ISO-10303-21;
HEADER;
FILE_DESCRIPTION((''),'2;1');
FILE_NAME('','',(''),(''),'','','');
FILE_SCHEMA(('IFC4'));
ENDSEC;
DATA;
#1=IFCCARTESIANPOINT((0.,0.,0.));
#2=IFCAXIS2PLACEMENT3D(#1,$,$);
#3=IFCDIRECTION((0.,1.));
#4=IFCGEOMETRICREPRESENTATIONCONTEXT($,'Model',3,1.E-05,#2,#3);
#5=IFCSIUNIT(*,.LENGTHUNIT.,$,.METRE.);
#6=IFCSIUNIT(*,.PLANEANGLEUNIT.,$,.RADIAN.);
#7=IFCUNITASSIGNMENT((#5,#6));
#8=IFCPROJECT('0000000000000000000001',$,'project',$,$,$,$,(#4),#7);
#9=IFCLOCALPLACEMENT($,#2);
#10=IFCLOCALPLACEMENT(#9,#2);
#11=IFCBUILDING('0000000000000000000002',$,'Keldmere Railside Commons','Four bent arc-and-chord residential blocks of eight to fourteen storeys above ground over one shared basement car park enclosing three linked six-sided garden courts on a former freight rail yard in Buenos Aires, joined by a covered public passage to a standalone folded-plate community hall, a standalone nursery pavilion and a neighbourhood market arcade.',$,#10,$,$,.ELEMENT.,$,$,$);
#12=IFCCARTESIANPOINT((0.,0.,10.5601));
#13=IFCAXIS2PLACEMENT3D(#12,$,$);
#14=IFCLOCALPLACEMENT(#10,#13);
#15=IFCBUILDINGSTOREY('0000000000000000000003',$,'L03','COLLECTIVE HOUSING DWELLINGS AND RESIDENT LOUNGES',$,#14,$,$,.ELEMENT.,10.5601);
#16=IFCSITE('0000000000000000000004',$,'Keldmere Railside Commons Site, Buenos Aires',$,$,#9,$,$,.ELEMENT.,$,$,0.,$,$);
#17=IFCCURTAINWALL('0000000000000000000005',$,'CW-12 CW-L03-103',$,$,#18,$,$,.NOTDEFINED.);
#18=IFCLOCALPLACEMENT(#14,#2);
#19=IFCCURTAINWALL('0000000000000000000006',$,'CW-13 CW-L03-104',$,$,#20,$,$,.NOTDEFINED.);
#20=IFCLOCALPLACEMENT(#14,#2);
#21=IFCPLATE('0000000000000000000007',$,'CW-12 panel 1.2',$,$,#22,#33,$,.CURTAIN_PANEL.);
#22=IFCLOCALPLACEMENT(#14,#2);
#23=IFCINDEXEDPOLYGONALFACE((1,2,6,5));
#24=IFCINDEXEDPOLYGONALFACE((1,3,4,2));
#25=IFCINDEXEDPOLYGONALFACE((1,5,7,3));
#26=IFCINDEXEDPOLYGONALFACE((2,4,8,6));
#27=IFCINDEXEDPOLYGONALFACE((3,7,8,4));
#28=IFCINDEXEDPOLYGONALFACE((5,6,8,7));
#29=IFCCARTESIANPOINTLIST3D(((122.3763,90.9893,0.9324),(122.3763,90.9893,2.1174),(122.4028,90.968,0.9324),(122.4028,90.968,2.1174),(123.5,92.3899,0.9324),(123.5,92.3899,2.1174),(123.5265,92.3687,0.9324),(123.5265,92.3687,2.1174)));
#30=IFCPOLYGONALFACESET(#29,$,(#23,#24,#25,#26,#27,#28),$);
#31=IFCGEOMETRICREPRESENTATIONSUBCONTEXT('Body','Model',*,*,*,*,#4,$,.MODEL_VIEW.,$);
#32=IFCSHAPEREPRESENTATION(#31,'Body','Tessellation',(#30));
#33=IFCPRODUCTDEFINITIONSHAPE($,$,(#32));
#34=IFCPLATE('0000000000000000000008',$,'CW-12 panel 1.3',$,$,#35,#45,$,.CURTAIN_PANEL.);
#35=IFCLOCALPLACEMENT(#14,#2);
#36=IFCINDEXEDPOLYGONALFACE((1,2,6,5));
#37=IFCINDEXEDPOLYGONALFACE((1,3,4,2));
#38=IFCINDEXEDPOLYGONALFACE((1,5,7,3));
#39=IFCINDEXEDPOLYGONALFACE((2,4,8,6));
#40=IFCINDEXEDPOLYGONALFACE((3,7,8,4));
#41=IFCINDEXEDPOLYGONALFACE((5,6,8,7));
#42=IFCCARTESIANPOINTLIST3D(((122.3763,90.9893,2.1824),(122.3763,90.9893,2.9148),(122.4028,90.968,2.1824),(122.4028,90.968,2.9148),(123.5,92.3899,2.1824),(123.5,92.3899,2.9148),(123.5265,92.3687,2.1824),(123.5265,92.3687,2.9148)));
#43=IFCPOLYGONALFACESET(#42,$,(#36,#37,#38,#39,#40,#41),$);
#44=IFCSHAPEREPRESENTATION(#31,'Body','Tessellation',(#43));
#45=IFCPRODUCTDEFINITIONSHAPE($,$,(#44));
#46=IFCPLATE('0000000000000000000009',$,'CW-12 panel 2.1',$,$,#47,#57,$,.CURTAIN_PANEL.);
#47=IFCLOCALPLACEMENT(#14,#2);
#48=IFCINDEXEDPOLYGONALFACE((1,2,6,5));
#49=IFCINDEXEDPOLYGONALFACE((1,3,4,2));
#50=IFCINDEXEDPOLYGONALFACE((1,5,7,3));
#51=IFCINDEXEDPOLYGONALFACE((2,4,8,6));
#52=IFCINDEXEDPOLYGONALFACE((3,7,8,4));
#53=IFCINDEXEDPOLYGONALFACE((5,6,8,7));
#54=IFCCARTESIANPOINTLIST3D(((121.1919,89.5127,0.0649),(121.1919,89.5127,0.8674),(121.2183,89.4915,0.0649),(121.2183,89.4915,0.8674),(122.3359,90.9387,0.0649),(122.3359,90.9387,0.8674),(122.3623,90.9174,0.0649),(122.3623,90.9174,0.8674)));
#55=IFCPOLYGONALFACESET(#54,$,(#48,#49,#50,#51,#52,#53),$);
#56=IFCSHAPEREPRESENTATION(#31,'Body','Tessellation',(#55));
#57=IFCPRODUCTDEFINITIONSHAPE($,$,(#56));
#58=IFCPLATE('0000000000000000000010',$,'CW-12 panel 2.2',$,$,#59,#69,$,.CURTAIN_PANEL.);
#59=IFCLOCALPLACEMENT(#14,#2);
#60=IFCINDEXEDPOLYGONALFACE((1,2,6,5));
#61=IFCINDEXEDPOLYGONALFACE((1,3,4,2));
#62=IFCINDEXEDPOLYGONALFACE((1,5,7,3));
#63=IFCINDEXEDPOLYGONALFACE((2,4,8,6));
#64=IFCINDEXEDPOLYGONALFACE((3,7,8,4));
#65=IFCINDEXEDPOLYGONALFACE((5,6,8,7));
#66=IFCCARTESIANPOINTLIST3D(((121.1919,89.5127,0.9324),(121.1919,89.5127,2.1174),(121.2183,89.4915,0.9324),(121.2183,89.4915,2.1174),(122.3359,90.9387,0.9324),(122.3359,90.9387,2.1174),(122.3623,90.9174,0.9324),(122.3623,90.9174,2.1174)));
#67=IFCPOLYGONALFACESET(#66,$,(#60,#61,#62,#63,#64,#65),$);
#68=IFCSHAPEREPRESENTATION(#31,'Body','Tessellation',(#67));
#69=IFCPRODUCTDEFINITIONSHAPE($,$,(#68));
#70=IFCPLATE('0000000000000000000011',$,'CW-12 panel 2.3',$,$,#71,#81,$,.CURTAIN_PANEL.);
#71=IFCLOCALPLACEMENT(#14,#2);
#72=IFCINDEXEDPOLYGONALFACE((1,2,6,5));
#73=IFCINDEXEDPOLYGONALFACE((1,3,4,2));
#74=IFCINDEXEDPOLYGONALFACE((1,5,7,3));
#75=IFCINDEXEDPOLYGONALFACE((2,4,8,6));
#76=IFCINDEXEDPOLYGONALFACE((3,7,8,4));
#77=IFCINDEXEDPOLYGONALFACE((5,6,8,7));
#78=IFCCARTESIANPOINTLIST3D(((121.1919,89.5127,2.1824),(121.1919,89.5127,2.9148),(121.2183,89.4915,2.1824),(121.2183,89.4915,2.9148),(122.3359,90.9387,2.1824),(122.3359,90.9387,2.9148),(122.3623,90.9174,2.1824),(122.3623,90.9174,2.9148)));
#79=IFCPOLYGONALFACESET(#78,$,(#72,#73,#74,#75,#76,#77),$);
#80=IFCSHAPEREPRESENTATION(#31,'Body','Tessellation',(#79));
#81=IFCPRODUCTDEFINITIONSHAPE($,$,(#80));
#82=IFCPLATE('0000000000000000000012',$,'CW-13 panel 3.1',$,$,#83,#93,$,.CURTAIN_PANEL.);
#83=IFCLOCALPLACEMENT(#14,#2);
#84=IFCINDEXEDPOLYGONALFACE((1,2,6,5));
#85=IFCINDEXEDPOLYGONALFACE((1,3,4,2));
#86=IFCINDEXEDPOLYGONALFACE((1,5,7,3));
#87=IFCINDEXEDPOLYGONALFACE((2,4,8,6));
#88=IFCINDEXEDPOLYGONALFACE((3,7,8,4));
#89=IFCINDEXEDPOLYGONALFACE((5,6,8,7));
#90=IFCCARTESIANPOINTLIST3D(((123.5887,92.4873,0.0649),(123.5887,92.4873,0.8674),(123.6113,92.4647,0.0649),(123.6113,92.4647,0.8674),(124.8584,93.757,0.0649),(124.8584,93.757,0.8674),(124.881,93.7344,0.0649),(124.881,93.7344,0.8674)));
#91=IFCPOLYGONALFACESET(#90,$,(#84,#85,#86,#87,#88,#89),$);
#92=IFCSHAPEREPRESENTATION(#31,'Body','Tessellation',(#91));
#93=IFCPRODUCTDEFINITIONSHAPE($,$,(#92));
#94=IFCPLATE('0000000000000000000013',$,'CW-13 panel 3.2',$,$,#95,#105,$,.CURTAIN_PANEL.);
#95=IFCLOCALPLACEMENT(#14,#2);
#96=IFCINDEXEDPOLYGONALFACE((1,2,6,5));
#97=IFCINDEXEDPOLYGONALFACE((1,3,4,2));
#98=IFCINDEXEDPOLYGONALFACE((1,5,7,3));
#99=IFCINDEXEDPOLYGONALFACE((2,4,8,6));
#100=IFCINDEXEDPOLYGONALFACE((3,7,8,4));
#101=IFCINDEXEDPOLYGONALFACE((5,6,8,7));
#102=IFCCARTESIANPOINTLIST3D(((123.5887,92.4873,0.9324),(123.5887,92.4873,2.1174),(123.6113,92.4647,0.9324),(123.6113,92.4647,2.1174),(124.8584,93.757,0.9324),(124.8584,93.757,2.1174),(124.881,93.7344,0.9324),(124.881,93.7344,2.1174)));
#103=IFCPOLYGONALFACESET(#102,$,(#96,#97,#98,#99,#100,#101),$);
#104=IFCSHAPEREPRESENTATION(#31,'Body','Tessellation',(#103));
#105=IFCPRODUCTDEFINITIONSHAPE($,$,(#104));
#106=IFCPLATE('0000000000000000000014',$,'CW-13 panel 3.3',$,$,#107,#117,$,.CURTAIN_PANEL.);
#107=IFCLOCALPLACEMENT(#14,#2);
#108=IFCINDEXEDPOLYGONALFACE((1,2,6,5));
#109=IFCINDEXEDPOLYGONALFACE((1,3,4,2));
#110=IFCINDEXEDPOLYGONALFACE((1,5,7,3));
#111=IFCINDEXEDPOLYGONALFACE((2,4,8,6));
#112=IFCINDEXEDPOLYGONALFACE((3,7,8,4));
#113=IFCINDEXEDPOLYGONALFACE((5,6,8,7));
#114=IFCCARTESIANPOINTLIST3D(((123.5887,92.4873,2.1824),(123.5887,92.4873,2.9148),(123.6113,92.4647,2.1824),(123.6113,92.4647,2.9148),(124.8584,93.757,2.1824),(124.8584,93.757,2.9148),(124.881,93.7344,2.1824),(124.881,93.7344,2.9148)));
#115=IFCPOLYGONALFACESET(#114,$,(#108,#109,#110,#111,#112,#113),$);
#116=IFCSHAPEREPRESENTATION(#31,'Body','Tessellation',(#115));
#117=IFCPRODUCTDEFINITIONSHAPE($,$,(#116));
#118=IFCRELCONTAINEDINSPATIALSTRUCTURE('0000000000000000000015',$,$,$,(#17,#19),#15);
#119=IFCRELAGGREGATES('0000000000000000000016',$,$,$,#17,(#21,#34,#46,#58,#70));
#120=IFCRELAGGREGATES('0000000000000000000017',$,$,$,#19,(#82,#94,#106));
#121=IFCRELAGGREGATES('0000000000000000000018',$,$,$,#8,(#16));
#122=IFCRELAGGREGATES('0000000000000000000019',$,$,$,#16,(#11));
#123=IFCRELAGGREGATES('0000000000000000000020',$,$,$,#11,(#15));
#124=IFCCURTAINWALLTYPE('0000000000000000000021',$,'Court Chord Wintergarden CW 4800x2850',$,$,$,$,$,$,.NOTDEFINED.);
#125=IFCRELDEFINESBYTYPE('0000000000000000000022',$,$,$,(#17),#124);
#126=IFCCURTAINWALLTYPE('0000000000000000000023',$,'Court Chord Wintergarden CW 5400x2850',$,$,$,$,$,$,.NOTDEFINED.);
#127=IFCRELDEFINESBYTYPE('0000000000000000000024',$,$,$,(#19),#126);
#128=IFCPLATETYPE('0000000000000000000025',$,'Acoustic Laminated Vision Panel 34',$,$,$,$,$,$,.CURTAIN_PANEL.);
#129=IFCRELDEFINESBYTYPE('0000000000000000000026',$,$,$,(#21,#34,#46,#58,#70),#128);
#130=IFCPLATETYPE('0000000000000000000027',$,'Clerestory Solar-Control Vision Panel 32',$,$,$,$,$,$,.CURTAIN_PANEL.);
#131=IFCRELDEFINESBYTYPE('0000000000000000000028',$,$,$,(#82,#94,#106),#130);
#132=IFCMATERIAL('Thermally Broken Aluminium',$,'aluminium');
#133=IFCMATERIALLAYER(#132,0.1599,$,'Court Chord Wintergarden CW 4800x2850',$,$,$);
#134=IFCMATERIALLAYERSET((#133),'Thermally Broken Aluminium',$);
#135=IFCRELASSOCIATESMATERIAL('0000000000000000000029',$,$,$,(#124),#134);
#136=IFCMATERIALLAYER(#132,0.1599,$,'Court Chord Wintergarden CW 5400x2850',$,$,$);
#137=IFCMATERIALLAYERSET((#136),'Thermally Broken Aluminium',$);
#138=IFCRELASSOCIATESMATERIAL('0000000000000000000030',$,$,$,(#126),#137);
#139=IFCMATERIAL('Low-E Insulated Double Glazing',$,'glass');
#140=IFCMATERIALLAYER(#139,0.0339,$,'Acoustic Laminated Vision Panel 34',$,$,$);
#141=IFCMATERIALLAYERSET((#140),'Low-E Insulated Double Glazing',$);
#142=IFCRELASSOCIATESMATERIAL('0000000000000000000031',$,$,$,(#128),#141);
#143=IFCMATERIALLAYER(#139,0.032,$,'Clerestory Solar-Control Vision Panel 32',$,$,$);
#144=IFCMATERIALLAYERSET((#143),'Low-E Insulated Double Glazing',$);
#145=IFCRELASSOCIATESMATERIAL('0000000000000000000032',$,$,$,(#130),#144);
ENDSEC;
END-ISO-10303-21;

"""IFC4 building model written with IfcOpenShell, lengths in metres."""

from ifc_helpers import new_model, si_unit, direction, frame, origin, origin_2d, place, context, subcontext, project, spatial, rectangle, extrude, material, layer, layer_set, type_object, element, aggregate, save


model = new_model("IFC4")

# Units and contexts
model_context = context("Model", 3, precision=1e-05, world=origin(), true_north=direction((0.0, 1.0)))
body_context = subcontext(model_context, "Body", "Model", "MODEL_VIEW")
ifc_project = project(units=[si_unit("LENGTHUNIT", "METRE"), si_unit("PLANEANGLEUNIT", "RADIAN")], contexts=[model_context])

# Site, building, storey
site_placement = place(None, origin())
site = spatial("IfcSite", under=ifc_project, at=site_placement, Name="Keldmere Railside Commons Site, Buenos Aires", CompositionType="ELEMENT", RefElevation=0.0)
building_placement = place(site_placement, origin())
building = spatial("IfcBuilding", under=site, at=building_placement, Name="Keldmere Railside Commons", Description="Four bent arc-and-chord residential blocks of eight to fourteen storeys above ground over one shared basement car park enclosing three linked six-sided garden courts on a former freight rail yard in Buenos Aires, joined by a covered public passage to a standalone folded-plate community hall, a standalone nursery pavilion and a neighbourhood market arcade.", CompositionType="ELEMENT")
storey_placement = place(building_placement, frame((0.0, 0.0, 10.5601)))
storey = spatial("IfcBuildingStorey", under=building, at=storey_placement, Name="L03", Description="COLLECTIVE HOUSING DWELLINGS AND RESIDENT LOUNGES", CompositionType="ELEMENT", Elevation=10.5601)

# Curtain walls
ifc_material_1 = material(Name="Thermally Broken Aluminium", Category="aluminium")
ifc_layer_1 = layer(ifc_material_1, 0.1599, Name="Court Chord Wintergarden CW 4800x2850")
ifc_layer_set_1 = layer_set([ifc_layer_1], Name="Thermally Broken Aluminium")
curtain_wall_type_1 = type_object("IfcCurtainWallType", Name="Court Chord Wintergarden CW 4800x2850", PredefinedType="NOTDEFINED", material=ifc_layer_set_1)
curtain_wall_1_placement = place(storey_placement, origin())
curtain_wall_1 = element("IfcCurtainWall", 1, at=curtain_wall_1_placement, inside=storey, type_object=curtain_wall_type_1, Name="CW-12 CW-L03-103", PredefinedType="NOTDEFINED")
ifc_layer_2 = layer(ifc_material_1, 0.1599, Name="Court Chord Wintergarden CW 5400x2850")
ifc_layer_set_2 = layer_set([ifc_layer_2], Name="Thermally Broken Aluminium")
curtain_wall_type_2 = type_object("IfcCurtainWallType", Name="Court Chord Wintergarden CW 5400x2850", PredefinedType="NOTDEFINED", material=ifc_layer_set_2)
curtain_wall_2_placement = place(storey_placement, origin())
curtain_wall_2 = element("IfcCurtainWall", 2, at=curtain_wall_2_placement, inside=storey, type_object=curtain_wall_type_2, Name="CW-13 CW-L03-104", PredefinedType="NOTDEFINED")

# Plates
ifc_material_2 = material(Name="Low-E Insulated Double Glazing", Category="glass")
ifc_layer_3 = layer(ifc_material_2, 0.0339, Name="Acoustic Laminated Vision Panel 34")
ifc_layer_set_3 = layer_set([ifc_layer_3], Name="Low-E Insulated Double Glazing")
plate_type_1 = type_object("IfcPlateType", Name="Acoustic Laminated Vision Panel 34", PredefinedType="CURTAIN_PANEL", material=ifc_layer_set_3)
plate_1_placement = place(storey_placement, frame((122.9514, 91.679, 0.9324), z_axis=(0.0, 0.0, 1.0), x_axis=(-0.625768, -0.780009, 0.0)))
plate_1 = element("IfcPlate", 3, at=plate_1_placement, type_object=plate_type_1, Name="CW-12 panel 1.2", PredefinedType="CURTAIN_PANEL", context=body_context, shape_type="SweptSolid", body=[
    extrude(rectangle(XDim=1.7957, YDim=0.0339, at=origin_2d()), origin(), (0.0, 0.0, 1.0), 1.1851),
])
plate_2_placement = place(storey_placement, frame((122.9514, 91.679, 2.1824), z_axis=(0.0, 0.0, 1.0), x_axis=(-0.625768, -0.780009, 0.0)))
plate_2 = element("IfcPlate", 4, at=plate_2_placement, type_object=plate_type_1, Name="CW-12 panel 1.3", PredefinedType="CURTAIN_PANEL", context=body_context, shape_type="SweptSolid", body=[
    extrude(rectangle(XDim=1.7957, YDim=0.0339, at=origin_2d()), origin(), (0.0, 0.0, 1.0), 0.7324),
])
plate_3_placement = place(storey_placement, frame((121.7771, 90.2151, 0.0649), z_axis=(0.0, 0.0, 1.0), x_axis=(-0.625768, -0.780009, 0.0)))
plate_3 = element("IfcPlate", 5, at=plate_3_placement, type_object=plate_type_1, Name="CW-12 panel 2.1", PredefinedType="CURTAIN_PANEL", context=body_context, shape_type="SweptSolid", body=[
    extrude(rectangle(XDim=1.8281, YDim=0.0339, at=origin_2d()), origin(), (0.0, 0.0, 1.0), 0.8025),
])
plate_4_placement = place(storey_placement, frame((121.7771, 90.2151, 0.9324), z_axis=(0.0, 0.0, 1.0), x_axis=(-0.625768, -0.780009, 0.0)))
plate_4 = element("IfcPlate", 6, at=plate_4_placement, type_object=plate_type_1, Name="CW-12 panel 2.2", PredefinedType="CURTAIN_PANEL", context=body_context, shape_type="SweptSolid", body=[
    extrude(rectangle(XDim=1.8281, YDim=0.0339, at=origin_2d()), origin(), (0.0, 0.0, 1.0), 1.1851),
])
plate_5_placement = place(storey_placement, frame((121.7771, 90.2151, 2.1824), z_axis=(0.0, 0.0, 1.0), x_axis=(-0.625768, -0.780009, 0.0)))
plate_5 = element("IfcPlate", 7, at=plate_5_placement, type_object=plate_type_1, Name="CW-12 panel 2.3", PredefinedType="CURTAIN_PANEL", context=body_context, shape_type="SweptSolid", body=[
    extrude(rectangle(XDim=1.8281, YDim=0.0339, at=origin_2d()), origin(), (0.0, 0.0, 1.0), 0.7324),
])
aggregate(curtain_wall_1, [plate_1, plate_2, plate_3, plate_4, plate_5])
ifc_layer_4 = layer(ifc_material_2, 0.032, Name="Clerestory Solar-Control Vision Panel 32")
ifc_layer_set_4 = layer_set([ifc_layer_4], Name="Low-E Insulated Double Glazing")
plate_type_2 = type_object("IfcPlateType", Name="Clerestory Solar-Control Vision Panel 32", PredefinedType="CURTAIN_PANEL", material=ifc_layer_set_4)
plate_6_placement = place(storey_placement, frame((124.2349, 93.1108, 0.0649), z_axis=(0.0, 0.0, 1.0), x_axis=(-0.707107, -0.707107, 0.0)))
plate_6 = element("IfcPlate", 8, at=plate_6_placement, type_object=plate_type_2, Name="CW-13 panel 3.1", PredefinedType="CURTAIN_PANEL", context=body_context, shape_type="SweptSolid", body=[
    extrude(rectangle(XDim=1.7957, YDim=0.032, at=origin_2d()), origin(), (0.0, 0.0, 1.0), 0.8025),
])
plate_7_placement = place(storey_placement, frame((124.2349, 93.1108, 0.9324), z_axis=(0.0, 0.0, 1.0), x_axis=(-0.707107, -0.707107, 0.0)))
plate_7 = element("IfcPlate", 9, at=plate_7_placement, type_object=plate_type_2, Name="CW-13 panel 3.2", PredefinedType="CURTAIN_PANEL", context=body_context, shape_type="SweptSolid", body=[
    extrude(rectangle(XDim=1.7957, YDim=0.032, at=origin_2d()), origin(), (0.0, 0.0, 1.0), 1.1851),
])
plate_8_placement = place(storey_placement, frame((124.2349, 93.1108, 2.1824), z_axis=(0.0, 0.0, 1.0), x_axis=(-0.707107, -0.707107, 0.0)))
plate_8 = element("IfcPlate", 10, at=plate_8_placement, type_object=plate_type_2, Name="CW-13 panel 3.3", PredefinedType="CURTAIN_PANEL", context=body_context, shape_type="SweptSolid", body=[
    extrude(rectangle(XDim=1.7957, YDim=0.032, at=origin_2d()), origin(), (0.0, 0.0, 1.0), 0.7324),
])
aggregate(curtain_wall_2, [plate_6, plate_7, plate_8])

save(model, "model.ifc")
